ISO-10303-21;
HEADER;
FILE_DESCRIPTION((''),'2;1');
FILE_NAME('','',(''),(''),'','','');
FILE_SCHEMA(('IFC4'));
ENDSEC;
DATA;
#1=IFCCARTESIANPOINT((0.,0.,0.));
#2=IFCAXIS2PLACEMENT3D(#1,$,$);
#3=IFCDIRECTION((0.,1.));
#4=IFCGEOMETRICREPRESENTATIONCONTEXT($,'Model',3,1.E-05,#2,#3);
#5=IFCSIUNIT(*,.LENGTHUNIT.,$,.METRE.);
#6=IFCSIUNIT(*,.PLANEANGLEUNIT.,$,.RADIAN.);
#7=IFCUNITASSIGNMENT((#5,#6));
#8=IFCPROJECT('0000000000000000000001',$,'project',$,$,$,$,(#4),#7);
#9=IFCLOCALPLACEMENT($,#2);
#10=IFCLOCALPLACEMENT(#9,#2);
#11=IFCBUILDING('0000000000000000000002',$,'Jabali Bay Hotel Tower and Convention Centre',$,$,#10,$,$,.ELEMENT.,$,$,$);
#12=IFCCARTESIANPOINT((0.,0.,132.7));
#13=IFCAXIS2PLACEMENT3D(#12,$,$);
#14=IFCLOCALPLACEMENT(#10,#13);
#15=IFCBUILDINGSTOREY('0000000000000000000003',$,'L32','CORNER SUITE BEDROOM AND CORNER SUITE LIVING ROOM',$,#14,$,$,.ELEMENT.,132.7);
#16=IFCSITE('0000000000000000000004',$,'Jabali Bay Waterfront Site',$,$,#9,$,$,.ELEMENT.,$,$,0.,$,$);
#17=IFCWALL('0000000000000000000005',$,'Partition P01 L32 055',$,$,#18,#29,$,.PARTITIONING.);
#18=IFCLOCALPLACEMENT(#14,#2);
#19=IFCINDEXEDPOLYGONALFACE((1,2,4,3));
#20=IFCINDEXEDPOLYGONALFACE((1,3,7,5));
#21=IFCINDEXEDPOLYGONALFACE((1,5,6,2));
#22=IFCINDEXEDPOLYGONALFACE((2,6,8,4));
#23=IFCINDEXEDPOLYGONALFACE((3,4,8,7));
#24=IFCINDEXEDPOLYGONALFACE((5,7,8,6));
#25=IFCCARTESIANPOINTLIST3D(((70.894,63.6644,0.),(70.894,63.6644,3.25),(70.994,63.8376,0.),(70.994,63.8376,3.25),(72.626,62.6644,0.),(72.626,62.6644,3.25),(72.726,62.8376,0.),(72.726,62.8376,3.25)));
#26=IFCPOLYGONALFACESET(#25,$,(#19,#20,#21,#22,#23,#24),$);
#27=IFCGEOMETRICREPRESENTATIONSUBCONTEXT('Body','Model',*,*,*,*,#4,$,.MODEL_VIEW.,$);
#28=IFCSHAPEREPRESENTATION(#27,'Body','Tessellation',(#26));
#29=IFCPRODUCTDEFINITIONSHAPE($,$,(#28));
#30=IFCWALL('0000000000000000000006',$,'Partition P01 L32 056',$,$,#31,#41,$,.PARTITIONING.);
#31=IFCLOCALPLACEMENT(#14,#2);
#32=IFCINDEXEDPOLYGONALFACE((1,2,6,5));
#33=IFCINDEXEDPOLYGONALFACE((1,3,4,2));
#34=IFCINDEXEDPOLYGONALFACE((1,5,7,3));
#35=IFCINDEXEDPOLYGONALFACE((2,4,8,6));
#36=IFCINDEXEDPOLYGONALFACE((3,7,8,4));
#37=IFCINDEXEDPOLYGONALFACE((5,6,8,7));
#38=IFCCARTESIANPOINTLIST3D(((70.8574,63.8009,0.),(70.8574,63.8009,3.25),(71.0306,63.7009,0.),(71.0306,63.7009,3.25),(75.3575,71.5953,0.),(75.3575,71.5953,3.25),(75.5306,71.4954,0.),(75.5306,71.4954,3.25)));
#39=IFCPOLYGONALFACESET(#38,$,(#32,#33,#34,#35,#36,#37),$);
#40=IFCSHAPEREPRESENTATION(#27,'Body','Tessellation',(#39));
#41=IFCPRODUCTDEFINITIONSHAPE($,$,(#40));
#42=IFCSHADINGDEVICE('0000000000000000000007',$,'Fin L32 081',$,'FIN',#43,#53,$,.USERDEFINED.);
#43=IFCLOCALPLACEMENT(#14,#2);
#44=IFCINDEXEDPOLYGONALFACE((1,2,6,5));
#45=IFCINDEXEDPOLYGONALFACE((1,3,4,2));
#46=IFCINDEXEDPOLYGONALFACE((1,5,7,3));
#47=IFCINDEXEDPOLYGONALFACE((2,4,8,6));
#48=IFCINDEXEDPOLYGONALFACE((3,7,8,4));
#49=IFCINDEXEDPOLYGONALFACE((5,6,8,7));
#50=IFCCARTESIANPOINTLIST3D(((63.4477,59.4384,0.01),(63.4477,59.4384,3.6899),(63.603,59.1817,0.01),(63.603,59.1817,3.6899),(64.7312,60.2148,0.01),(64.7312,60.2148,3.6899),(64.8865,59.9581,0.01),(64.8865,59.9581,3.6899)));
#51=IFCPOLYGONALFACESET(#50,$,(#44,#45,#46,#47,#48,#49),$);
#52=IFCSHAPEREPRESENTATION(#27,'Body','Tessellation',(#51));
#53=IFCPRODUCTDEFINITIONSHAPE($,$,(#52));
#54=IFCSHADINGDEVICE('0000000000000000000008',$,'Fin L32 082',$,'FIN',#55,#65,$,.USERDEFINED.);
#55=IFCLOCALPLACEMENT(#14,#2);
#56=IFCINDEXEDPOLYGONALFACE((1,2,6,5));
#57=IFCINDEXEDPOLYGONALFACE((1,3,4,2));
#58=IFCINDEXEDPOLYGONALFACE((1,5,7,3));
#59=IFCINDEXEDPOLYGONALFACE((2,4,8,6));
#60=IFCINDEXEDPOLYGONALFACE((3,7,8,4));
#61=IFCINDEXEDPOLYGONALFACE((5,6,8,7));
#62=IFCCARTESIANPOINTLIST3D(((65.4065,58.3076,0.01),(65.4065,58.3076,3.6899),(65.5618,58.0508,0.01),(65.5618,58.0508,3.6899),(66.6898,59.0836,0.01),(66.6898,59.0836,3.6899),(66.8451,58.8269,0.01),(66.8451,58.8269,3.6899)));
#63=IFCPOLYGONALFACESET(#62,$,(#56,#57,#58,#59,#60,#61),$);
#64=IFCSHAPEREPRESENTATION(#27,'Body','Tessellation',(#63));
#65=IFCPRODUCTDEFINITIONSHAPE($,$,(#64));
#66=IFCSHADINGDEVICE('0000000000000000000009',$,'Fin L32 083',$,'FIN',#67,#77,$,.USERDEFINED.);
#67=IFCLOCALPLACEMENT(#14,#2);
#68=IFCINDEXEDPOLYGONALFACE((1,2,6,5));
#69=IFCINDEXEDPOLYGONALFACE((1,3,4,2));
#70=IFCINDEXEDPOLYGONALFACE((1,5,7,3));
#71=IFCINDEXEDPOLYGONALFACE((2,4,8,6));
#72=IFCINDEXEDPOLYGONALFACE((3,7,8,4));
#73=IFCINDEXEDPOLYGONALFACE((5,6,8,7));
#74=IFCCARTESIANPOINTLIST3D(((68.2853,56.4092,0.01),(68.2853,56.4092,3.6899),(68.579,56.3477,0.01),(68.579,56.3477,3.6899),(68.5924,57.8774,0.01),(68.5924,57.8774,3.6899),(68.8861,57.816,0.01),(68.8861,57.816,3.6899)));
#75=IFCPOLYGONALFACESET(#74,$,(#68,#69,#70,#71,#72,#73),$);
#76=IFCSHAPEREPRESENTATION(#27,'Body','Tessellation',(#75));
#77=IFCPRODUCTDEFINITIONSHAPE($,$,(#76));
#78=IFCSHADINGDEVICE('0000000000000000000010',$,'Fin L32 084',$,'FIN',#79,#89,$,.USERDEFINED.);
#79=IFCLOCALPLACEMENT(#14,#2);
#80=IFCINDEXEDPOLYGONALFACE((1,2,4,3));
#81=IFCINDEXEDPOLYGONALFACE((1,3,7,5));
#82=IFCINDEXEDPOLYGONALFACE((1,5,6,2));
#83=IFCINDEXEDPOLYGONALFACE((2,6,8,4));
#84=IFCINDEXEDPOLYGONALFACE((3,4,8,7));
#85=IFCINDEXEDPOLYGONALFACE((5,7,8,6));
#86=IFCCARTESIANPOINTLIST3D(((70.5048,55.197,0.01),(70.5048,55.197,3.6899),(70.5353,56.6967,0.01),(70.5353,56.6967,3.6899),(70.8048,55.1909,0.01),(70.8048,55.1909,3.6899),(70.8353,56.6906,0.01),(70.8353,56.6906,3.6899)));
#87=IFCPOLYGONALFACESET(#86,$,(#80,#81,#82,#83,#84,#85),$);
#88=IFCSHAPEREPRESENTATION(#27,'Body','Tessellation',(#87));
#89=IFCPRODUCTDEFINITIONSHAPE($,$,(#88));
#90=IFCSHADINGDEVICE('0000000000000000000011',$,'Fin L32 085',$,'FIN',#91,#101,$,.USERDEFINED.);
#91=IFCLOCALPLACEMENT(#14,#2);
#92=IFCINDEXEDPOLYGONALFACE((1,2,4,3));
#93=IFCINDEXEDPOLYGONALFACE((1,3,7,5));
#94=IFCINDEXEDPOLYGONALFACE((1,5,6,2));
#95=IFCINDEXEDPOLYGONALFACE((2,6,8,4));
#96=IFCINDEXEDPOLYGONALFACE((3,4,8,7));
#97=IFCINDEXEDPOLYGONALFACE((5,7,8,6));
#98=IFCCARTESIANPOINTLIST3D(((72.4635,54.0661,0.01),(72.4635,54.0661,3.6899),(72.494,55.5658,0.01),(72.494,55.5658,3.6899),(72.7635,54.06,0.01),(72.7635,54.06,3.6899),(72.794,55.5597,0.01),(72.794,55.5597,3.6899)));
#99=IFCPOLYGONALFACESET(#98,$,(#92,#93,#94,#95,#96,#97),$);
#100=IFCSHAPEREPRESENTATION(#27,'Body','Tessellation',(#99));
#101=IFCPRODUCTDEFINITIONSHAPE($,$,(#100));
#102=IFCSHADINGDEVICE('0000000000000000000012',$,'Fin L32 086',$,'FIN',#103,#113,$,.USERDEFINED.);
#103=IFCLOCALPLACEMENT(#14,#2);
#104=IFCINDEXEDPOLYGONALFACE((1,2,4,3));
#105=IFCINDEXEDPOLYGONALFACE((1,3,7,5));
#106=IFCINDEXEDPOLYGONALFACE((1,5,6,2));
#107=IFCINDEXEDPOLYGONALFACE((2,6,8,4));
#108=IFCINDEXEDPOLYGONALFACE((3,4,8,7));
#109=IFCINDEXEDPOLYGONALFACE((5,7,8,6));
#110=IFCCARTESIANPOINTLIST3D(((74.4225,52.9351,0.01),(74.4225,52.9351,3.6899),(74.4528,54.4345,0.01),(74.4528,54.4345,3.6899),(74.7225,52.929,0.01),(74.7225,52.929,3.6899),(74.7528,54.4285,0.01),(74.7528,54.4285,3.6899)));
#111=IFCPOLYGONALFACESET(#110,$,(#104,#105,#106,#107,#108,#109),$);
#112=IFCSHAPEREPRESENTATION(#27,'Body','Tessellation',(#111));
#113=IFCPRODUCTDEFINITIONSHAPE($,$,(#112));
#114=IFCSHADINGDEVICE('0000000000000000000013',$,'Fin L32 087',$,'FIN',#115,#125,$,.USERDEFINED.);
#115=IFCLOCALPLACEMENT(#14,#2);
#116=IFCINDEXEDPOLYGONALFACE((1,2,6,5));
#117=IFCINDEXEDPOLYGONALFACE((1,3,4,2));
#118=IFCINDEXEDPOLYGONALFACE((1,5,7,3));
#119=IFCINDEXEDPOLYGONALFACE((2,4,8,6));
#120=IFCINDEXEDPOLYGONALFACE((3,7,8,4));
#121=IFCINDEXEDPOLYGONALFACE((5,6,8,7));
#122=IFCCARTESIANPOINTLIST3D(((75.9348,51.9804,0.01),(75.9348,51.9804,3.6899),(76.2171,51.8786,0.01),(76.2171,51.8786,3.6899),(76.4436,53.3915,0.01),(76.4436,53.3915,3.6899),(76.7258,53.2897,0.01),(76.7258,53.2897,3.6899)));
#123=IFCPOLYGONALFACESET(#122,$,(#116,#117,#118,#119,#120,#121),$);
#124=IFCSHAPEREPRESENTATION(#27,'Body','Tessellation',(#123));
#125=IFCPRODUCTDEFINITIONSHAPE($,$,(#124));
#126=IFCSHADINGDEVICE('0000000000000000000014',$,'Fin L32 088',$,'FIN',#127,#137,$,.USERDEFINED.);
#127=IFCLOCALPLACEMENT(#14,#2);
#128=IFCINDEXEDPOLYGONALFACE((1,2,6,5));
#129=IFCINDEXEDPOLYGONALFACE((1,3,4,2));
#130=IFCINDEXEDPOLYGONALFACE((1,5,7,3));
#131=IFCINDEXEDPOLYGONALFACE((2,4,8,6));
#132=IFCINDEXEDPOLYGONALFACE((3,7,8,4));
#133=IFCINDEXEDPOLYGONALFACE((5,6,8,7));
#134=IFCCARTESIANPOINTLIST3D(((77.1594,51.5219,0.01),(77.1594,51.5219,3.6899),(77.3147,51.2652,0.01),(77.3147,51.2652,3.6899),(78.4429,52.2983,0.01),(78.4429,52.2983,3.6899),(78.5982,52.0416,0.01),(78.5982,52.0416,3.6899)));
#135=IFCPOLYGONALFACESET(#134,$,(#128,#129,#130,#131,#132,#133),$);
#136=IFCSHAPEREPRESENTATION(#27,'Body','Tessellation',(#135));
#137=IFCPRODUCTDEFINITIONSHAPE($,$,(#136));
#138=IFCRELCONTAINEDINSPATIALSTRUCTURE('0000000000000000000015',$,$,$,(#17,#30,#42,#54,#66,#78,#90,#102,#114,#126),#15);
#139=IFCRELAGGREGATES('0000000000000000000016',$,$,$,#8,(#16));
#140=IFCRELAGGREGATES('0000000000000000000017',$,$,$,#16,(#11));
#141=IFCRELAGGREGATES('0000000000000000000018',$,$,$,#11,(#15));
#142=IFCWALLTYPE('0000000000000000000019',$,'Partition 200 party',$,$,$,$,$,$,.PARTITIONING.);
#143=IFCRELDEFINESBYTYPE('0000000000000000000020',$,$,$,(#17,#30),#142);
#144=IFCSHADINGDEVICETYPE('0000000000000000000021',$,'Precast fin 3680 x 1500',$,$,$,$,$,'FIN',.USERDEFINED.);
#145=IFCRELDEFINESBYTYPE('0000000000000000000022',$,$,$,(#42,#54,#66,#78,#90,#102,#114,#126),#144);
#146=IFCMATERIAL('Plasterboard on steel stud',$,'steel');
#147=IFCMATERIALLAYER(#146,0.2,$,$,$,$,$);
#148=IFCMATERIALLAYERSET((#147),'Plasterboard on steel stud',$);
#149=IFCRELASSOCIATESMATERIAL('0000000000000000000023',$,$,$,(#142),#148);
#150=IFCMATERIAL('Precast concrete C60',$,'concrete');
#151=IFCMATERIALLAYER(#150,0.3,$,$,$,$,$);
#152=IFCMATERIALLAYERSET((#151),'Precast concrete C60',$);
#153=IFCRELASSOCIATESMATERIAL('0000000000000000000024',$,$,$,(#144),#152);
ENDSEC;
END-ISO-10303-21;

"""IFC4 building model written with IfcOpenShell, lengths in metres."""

from ifc_helpers import new_model, si_unit, direction, frame, frame_2d, origin, place, context, subcontext, project, spatial, rectangle, extrude, material, layer, layer_set, type_object, element, save


model = new_model("IFC4")

# Units and contexts
model_context = context("Model", 3, precision=1e-05, world=origin(), true_north=direction((0.0, 1.0)))
body_context = subcontext(model_context, "Body", "Model", "MODEL_VIEW")
ifc_project = project(units=[si_unit("LENGTHUNIT", "METRE"), si_unit("PLANEANGLEUNIT", "RADIAN")], contexts=[model_context])

# Site, building, storey
site_placement = place(None, origin())
site = spatial("IfcSite", under=ifc_project, at=site_placement, Name="Jabali Bay Waterfront Site", CompositionType="ELEMENT", RefElevation=0.0)
building_placement = place(site_placement, origin())
building = spatial("IfcBuilding", under=site, at=building_placement, Name="Jabali Bay Hotel Tower and Convention Centre", CompositionType="ELEMENT")
storey_placement = place(building_placement, frame((0.0, 0.0, 132.7)))
storey = spatial("IfcBuildingStorey", under=building, at=storey_placement, Name="L32", Description="CORNER SUITE BEDROOM AND CORNER SUITE LIVING ROOM", CompositionType="ELEMENT", Elevation=132.7)

# Shared definitions
ifc_material_1 = material(Name="Plasterboard on steel stud", Category="steel")

# Walls
ifc_layer_1 = layer(ifc_material_1, 0.2)
ifc_layer_set_1 = layer_set([ifc_layer_1], Name="Plasterboard on steel stud")
wall_type_1 = type_object("IfcWallType", Name="Partition 200 party", PredefinedType="PARTITIONING", material=ifc_layer_set_1)
wall_1_placement = place(storey_placement, frame((72.676, 62.751, 0.0), z_axis=(0.0, 0.0, 1.0), x_axis=(-0.866011, 0.500025, 0.0)))
element("IfcWall", 1, at=wall_1_placement, inside=storey, type_object=wall_type_1, Name="Partition P01 L32 055", PredefinedType="PARTITIONING", context=body_context, shape_type="SweptSolid", body=[
    extrude(rectangle(XDim=2.0, YDim=0.2, at=frame_2d((1.0, 0.0))), origin(), (0.0, 0.0, 1.0), 3.25),
])
wall_2_placement = place(storey_placement, frame((70.9441, 63.751, 0.0), z_axis=(0.0, 0.0, 1.0), x_axis=(0.49999, 0.866031, 0.0)))
element("IfcWall", 2, at=wall_2_placement, inside=storey, type_object=wall_type_1, Name="Partition P01 L32 056", PredefinedType="PARTITIONING", context=body_context, shape_type="SweptSolid", body=[
    extrude(rectangle(XDim=9.0002, YDim=0.2, at=frame_2d((4.5, 0.0))), origin(), (0.0, 0.0, 1.0), 3.25),
])

# Shading devices
ifc_material_2 = material(Name="Precast concrete C60", Category="concrete")
ifc_layer_2 = layer(ifc_material_2, 0.3)
ifc_layer_set_2 = layer_set([ifc_layer_2], Name="Precast concrete C60")
shading_device_type = type_object("IfcShadingDeviceType", Name="Precast fin 3680 x 1500", ElementType="FIN", PredefinedType="USERDEFINED", material=ifc_layer_set_2)
shading_device_1_placement = place(storey_placement, frame((64.8088, 60.0864, 0.01), z_axis=(0.0, 0.0, 1.0), x_axis=(-0.855635, -0.51758, 0.0)))
element("IfcShadingDevice", 3, at=shading_device_1_placement, inside=storey, type_object=shading_device_type, Name="Fin L32 081", ObjectType="FIN", PredefinedType="USERDEFINED", context=body_context, shape_type="SweptSolid", body=[
    extrude(rectangle(XDim=1.5, YDim=0.3, at=frame_2d((0.75, 0.0))), origin(), (0.0, 0.0, 1.0), 3.6799),
])
shading_device_2_placement = place(storey_placement, frame((66.7676, 58.9553, 0.01), z_axis=(0.0, 0.0, 1.0), x_axis=(-0.855707, -0.517461, 0.0)))
element("IfcShadingDevice", 4, at=shading_device_2_placement, inside=storey, type_object=shading_device_type, Name="Fin L32 082", ObjectType="FIN", PredefinedType="USERDEFINED", context=body_context, shape_type="SweptSolid", body=[
    extrude(rectangle(XDim=1.4998, YDim=0.3, at=frame_2d((0.75, 0.0))), origin(), (0.0, 0.0, 1.0), 3.6799),
])
for number, where, z_axis, x_axis, name in (
    (5, (68.7393, 57.8467, 0.01), (0.0, 0.0, 1.0), (-0.204747, -0.978815, 0.0), "Fin L32 083"),
    (6, (70.6853, 56.6936, 0.01), (0.0, 0.0, 1.0), (-0.020344, -0.999793, 0.0), "Fin L32 084"),
    (7, (72.644, 55.5627, 0.01), (0.0, 0.0, 1.0), (-0.020344, -0.999793, 0.0), "Fin L32 085"),
):
    element("IfcShadingDevice", number, at=place(storey_placement, frame(where, z_axis=z_axis, x_axis=x_axis)), inside=storey, type_object=shading_device_type, Name=name, ObjectType="FIN", PredefinedType="USERDEFINED", context=body_context, shape_type="SweptSolid", body=[
        extrude(rectangle(XDim=1.5, YDim=0.3, at=frame_2d((0.75, 0.0))), origin(), (0.0, 0.0, 1.0), 3.6799),
    ])
shading_device_3_placement = place(storey_placement, frame((74.6028, 54.4316, 0.01), z_axis=(0.0, 0.0, 1.0), x_axis=(-0.020185, -0.999796, 0.0)))
element("IfcShadingDevice", 8, at=shading_device_3_placement, inside=storey, type_object=shading_device_type, Name="Fin L32 086", ObjectType="FIN", PredefinedType="USERDEFINED", context=body_context, shape_type="SweptSolid", body=[
    extrude(rectangle(XDim=1.4998, YDim=0.3, at=frame_2d((0.75, 0.0))), origin(), (0.0, 0.0, 1.0), 3.6799),
])
for number, where, z_axis, x_axis, name in (
    (9, (76.5847, 53.3406, 0.01), (0.0, 0.0, 1.0), (-0.33918, -0.940721, 0.0), "Fin L32 087"),
    (10, (78.5205, 52.1699, 0.01), (0.0, 0.0, 1.0), (-0.855635, -0.51758, 0.0), "Fin L32 088"),
):
    element("IfcShadingDevice", number, at=place(storey_placement, frame(where, z_axis=z_axis, x_axis=x_axis)), inside=storey, type_object=shading_device_type, Name=name, ObjectType="FIN", PredefinedType="USERDEFINED", context=body_context, shape_type="SweptSolid", body=[
        extrude(rectangle(XDim=1.5, YDim=0.3, at=frame_2d((0.75, 0.0))), origin(), (0.0, 0.0, 1.0), 3.6799),
    ])

save(model, "model.ifc")
